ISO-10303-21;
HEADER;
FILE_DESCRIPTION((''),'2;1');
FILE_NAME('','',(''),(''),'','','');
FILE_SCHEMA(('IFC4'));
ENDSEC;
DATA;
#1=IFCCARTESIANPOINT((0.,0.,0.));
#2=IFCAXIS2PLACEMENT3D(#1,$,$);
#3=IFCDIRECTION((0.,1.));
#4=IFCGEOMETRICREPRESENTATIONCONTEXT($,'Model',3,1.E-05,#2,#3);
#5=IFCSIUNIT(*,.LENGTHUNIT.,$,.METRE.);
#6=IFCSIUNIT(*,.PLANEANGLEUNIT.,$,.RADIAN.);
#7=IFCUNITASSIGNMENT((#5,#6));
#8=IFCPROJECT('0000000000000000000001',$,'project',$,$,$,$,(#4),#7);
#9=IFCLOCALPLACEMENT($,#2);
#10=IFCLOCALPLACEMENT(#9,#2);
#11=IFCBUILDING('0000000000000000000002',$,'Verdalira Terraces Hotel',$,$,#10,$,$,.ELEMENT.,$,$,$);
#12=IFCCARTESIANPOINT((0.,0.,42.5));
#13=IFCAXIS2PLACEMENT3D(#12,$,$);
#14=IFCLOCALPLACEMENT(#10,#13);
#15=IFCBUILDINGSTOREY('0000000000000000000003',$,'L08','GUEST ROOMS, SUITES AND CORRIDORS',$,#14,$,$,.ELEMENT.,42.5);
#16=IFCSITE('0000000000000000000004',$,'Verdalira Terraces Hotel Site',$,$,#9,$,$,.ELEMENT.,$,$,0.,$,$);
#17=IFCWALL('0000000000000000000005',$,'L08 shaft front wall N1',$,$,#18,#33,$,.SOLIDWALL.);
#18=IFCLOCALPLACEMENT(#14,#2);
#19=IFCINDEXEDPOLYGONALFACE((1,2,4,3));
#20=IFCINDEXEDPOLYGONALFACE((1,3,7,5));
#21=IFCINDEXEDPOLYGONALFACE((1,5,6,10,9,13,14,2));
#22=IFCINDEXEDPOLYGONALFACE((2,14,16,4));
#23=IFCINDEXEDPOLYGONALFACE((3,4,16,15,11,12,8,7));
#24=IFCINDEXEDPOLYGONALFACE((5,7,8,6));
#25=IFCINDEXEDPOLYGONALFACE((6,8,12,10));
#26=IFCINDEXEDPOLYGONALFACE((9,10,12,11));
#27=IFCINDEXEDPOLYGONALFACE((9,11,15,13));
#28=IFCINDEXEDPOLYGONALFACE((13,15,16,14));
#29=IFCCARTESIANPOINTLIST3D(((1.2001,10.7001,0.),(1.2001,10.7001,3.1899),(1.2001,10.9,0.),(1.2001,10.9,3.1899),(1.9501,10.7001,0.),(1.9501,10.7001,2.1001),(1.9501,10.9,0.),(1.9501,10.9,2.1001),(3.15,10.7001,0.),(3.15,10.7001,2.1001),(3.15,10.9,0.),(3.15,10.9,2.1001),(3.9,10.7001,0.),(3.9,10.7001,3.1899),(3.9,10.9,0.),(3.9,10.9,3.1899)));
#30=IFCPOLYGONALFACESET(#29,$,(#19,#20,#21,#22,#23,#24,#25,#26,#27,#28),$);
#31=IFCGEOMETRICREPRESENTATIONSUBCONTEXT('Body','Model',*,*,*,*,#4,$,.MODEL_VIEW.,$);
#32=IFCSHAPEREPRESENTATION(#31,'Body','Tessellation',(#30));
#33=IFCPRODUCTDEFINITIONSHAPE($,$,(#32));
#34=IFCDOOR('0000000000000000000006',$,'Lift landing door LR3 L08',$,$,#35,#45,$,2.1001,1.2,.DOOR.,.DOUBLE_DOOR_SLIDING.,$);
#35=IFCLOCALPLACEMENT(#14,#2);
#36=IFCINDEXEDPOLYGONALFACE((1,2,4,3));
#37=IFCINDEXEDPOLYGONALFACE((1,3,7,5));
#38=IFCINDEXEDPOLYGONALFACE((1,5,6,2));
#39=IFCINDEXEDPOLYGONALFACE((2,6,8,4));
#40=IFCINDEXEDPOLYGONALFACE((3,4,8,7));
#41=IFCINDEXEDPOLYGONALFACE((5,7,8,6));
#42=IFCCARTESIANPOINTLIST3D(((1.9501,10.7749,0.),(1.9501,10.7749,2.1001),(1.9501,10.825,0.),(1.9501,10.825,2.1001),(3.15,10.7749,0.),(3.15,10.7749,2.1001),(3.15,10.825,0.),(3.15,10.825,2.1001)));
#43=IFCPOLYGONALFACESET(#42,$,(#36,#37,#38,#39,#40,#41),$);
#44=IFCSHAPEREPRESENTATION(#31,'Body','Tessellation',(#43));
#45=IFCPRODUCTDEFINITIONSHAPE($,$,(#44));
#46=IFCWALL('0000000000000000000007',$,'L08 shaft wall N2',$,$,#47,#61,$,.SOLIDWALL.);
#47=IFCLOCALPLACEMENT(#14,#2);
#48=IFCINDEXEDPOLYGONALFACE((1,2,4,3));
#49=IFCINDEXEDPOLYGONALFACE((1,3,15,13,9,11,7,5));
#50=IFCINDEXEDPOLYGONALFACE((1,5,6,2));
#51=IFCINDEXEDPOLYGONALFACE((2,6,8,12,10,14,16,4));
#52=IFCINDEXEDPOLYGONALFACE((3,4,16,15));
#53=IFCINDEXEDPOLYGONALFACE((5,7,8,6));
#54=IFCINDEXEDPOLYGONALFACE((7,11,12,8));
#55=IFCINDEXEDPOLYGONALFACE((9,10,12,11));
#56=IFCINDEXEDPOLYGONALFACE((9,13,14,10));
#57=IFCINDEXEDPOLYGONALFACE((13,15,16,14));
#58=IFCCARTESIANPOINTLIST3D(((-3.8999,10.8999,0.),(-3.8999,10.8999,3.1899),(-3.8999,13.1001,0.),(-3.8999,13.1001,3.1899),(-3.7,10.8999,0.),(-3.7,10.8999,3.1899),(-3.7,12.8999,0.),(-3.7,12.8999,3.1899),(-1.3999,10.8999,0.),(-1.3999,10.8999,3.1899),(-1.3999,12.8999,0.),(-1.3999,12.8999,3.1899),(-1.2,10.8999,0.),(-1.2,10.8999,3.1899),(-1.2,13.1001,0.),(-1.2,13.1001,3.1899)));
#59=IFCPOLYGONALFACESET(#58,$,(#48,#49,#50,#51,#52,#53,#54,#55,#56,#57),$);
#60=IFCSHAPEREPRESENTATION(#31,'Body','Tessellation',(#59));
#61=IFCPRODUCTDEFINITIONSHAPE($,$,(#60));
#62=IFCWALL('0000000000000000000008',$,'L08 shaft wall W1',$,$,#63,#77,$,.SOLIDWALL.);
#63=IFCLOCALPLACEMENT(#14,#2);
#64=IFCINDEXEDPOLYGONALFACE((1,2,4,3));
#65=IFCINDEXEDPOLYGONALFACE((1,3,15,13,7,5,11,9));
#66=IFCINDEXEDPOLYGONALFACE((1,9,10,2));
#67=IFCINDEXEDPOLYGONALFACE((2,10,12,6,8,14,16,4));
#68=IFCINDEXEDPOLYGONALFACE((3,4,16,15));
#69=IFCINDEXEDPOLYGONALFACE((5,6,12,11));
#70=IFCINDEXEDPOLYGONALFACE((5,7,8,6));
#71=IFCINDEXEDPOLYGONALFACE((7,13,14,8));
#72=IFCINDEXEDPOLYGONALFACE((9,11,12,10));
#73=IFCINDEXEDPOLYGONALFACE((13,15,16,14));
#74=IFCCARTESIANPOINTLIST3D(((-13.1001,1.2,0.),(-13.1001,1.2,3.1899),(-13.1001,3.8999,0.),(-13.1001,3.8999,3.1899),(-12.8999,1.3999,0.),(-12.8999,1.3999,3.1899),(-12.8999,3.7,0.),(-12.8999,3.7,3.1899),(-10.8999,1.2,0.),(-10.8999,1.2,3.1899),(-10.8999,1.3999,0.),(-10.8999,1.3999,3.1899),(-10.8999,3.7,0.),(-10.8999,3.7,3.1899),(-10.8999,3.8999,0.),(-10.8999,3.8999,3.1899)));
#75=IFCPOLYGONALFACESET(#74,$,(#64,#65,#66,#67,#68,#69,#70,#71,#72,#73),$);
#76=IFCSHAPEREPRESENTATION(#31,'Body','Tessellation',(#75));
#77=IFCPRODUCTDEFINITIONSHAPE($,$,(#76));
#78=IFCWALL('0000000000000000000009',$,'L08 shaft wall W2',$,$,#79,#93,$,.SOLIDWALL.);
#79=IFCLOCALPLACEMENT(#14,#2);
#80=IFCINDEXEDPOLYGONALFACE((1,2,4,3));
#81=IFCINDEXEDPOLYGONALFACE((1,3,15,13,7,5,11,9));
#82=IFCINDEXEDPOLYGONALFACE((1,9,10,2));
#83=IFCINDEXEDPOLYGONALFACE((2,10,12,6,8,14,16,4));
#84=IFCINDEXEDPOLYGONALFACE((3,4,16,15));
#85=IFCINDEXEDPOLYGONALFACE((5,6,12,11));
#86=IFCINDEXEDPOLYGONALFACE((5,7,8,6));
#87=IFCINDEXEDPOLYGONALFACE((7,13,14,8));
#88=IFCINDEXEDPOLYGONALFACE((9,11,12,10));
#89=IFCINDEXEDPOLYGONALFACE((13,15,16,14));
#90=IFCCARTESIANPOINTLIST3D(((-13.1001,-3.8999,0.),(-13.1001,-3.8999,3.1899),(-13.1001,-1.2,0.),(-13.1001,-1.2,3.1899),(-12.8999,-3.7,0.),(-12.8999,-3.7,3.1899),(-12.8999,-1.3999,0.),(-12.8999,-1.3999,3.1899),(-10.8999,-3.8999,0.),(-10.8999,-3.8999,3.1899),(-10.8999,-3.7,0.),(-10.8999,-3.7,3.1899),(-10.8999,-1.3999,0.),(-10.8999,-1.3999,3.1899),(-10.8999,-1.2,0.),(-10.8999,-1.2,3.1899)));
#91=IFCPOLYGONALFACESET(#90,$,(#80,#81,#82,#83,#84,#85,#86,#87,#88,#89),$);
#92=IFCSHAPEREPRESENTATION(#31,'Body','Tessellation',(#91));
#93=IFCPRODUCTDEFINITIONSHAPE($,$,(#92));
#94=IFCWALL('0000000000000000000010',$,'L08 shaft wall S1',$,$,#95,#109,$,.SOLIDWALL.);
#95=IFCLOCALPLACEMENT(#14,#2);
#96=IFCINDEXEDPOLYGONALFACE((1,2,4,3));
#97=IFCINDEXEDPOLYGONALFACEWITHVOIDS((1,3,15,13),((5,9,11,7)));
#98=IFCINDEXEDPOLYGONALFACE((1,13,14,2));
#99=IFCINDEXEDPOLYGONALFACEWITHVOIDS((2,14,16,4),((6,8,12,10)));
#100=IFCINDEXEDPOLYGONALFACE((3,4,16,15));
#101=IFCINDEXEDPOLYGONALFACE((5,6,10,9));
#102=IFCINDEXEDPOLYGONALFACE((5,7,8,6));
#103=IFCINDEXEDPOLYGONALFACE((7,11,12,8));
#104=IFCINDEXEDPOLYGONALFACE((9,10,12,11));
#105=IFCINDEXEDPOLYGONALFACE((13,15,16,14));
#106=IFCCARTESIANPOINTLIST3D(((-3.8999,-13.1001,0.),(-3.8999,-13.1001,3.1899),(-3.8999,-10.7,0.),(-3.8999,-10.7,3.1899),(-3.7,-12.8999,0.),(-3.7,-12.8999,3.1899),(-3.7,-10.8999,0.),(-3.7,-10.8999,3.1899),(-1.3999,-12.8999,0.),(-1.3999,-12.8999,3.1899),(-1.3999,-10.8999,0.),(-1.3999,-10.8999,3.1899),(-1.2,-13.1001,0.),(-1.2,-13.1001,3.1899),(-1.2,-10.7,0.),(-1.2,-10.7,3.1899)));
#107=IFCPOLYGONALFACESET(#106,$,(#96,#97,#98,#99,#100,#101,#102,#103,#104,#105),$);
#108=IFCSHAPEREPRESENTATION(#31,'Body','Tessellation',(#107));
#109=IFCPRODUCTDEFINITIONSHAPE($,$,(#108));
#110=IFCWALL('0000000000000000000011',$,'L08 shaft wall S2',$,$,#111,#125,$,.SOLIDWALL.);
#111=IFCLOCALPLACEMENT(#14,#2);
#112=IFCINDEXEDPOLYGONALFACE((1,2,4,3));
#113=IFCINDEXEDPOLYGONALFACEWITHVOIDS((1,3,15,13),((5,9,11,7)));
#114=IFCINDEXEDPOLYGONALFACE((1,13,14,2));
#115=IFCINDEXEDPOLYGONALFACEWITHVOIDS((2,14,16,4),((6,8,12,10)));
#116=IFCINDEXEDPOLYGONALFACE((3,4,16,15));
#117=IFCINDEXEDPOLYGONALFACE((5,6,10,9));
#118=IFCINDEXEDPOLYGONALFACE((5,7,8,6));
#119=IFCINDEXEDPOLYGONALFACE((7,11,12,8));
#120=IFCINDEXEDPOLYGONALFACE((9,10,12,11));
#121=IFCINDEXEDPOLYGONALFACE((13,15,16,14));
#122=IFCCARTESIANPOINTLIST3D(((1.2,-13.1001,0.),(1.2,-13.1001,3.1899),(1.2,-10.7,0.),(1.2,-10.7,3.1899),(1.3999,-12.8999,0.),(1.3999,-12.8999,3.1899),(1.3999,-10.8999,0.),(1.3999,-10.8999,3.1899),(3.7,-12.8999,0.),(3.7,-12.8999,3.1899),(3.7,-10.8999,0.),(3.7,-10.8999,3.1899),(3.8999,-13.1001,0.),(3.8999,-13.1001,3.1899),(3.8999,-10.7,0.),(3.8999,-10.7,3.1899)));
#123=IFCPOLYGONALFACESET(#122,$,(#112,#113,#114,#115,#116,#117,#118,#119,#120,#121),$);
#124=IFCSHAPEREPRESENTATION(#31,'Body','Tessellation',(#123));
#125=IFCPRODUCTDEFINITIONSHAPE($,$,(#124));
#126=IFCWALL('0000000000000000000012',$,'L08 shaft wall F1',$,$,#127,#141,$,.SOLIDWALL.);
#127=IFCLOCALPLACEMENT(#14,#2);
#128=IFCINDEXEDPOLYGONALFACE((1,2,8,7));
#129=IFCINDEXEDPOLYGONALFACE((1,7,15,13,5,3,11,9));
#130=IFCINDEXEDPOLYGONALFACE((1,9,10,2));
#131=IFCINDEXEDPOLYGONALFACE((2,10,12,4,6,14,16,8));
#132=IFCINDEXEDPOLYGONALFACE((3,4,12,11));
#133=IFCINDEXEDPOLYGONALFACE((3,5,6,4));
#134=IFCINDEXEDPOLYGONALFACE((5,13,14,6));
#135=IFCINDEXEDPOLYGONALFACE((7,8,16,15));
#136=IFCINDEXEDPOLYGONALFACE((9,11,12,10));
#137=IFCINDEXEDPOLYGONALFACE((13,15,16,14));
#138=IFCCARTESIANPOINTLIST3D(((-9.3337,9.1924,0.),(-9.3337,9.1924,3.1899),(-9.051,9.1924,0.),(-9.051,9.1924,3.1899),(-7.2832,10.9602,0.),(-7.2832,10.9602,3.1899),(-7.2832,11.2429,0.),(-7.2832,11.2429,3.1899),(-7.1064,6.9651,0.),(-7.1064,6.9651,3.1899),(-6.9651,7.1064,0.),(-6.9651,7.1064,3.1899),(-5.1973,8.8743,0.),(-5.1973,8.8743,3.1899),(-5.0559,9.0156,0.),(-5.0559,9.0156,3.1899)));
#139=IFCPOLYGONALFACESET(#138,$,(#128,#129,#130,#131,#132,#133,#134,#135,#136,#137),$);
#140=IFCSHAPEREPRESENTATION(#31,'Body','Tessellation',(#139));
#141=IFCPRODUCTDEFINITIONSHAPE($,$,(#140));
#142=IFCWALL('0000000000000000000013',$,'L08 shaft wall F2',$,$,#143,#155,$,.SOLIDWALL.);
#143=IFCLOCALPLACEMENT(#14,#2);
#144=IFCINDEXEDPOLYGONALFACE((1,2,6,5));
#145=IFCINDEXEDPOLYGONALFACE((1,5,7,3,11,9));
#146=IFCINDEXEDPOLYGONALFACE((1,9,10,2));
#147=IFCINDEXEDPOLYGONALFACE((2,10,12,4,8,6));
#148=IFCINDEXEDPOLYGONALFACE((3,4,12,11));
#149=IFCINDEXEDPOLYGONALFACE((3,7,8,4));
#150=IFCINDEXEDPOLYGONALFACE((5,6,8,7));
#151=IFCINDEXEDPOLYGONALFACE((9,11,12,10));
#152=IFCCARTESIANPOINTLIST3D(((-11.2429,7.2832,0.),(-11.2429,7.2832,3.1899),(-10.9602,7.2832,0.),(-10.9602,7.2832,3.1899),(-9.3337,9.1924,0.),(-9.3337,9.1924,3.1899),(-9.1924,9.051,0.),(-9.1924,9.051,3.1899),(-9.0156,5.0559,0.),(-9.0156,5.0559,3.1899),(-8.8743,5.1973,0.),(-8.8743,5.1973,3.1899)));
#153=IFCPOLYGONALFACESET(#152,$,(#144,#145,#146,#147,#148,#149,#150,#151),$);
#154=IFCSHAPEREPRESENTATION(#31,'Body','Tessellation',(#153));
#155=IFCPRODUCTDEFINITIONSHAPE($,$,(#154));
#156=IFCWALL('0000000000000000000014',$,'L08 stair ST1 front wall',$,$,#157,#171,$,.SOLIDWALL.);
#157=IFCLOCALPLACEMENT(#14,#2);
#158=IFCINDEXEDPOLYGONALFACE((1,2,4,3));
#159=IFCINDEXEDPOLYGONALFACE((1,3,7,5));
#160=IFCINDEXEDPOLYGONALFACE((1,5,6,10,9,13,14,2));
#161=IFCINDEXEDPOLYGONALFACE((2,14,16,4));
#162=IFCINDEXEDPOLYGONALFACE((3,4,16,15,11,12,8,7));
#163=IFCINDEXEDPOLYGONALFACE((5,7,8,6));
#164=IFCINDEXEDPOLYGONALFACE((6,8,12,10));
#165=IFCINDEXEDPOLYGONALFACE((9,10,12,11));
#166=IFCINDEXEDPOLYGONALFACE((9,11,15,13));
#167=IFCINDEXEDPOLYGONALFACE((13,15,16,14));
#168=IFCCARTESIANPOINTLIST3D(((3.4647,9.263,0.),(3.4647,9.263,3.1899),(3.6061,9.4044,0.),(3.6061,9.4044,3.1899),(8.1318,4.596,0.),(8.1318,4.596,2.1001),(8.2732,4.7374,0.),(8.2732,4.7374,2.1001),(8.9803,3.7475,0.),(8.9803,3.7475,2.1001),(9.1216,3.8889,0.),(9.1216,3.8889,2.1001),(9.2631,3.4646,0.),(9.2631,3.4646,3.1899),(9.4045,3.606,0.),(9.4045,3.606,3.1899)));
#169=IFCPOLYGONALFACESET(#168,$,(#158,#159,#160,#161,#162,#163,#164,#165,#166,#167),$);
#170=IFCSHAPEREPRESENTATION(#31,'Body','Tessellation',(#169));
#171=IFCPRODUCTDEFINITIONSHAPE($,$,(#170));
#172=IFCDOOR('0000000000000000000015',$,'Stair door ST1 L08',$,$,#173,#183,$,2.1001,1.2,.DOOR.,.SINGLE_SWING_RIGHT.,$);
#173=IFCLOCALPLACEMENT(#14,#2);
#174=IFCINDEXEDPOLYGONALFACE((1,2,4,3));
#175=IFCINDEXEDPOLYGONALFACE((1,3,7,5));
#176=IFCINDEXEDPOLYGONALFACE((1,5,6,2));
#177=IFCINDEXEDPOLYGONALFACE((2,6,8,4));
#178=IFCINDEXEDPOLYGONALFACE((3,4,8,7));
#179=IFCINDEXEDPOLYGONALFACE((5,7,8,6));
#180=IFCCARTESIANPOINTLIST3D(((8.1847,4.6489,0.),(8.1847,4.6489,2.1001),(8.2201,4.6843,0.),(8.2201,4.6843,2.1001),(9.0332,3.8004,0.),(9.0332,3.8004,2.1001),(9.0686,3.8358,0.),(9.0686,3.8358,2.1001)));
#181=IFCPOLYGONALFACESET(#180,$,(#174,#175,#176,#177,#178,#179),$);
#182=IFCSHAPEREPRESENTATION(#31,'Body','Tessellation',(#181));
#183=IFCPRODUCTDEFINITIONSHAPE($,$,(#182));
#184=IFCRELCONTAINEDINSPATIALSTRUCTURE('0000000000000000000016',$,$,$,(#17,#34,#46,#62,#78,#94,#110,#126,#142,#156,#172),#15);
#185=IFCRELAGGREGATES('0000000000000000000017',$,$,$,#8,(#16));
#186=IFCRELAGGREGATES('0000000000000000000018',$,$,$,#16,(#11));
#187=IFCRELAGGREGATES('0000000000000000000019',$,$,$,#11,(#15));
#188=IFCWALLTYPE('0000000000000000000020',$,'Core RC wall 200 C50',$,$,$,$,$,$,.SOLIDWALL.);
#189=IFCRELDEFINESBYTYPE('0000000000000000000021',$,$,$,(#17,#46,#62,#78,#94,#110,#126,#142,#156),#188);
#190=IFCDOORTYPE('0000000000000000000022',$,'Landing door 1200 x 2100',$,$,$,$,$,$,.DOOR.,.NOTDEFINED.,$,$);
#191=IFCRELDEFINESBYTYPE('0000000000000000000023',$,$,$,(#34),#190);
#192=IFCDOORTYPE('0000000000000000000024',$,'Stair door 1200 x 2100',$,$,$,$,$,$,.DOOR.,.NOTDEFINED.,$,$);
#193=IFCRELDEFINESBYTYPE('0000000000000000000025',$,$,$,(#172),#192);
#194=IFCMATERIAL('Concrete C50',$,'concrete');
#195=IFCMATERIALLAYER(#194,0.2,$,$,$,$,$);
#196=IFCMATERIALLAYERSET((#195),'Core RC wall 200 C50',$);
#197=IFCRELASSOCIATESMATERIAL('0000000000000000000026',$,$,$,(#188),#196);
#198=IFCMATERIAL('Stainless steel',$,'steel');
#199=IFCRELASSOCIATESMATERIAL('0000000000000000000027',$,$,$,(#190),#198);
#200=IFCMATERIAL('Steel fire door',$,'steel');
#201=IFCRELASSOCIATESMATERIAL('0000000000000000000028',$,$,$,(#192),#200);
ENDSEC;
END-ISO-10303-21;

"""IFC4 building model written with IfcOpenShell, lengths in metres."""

from ifc_helpers import new_model, si_unit, direction, frame, frame_2d, origin, place, context, subcontext, project, spatial, polyline, rectangle, outline, extrude, material, layer, layer_set, type_object, element, fill, save


model = new_model("IFC4")

# Units and contexts
model_context = context("Model", 3, precision=1e-05, world=origin(), true_north=direction((0.0, 1.0)))
body_context = subcontext(model_context, "Body", "Model", "MODEL_VIEW")
ifc_project = project(units=[si_unit("LENGTHUNIT", "METRE"), si_unit("PLANEANGLEUNIT", "RADIAN")], contexts=[model_context])

# Site, building, storey
site_placement = place(None, origin())
site = spatial("IfcSite", under=ifc_project, at=site_placement, Name="Verdalira Terraces Hotel Site", CompositionType="ELEMENT", RefElevation=0.0)
building_placement = place(site_placement, origin())
building = spatial("IfcBuilding", under=site, at=building_placement, Name="Verdalira Terraces Hotel", CompositionType="ELEMENT")
storey_placement = place(building_placement, frame((0.0, 0.0, 42.5)))
storey = spatial("IfcBuildingStorey", under=building, at=storey_placement, Name="L08", Description="GUEST ROOMS, SUITES AND CORRIDORS", CompositionType="ELEMENT", Elevation=42.5)

# Shared definitions
ifc_material_1 = material(Name="Concrete C50", Category="concrete")
ifc_layer_1 = layer(ifc_material_1, 0.2)
ifc_layer_set_1 = layer_set([ifc_layer_1], Name="Core RC wall 200 C50")
wall_type_1 = type_object("IfcWallType", Name="Core RC wall 200 C50", PredefinedType="SOLIDWALL", material=ifc_layer_set_1)

# Shared definitions
ifc_material_2 = material(Name="Stainless steel", Category="steel")
door_type_1 = type_object("IfcDoorType", Name="Landing door 1200 x 2100", OperationType="NOTDEFINED", PredefinedType="DOOR", material=ifc_material_2)

# Wall, opening, door
wall_1_placement = place(storey_placement, frame((1.2, 10.8, 0.0), z_axis=(0.0, 0.0, 1.0), x_axis=(1.0, 0.0, 0.0)))
wall_1 = element("IfcWall", 1, at=wall_1_placement, inside=storey, type_object=wall_type_1, Name="L08 shaft front wall N1", PredefinedType="SOLIDWALL", context=body_context, shape_type="SweptSolid", body=[
    extrude(rectangle(XDim=2.7, YDim=0.2, at=frame_2d((1.3501, 0.0))), origin(), (0.0, 0.0, 1.0), 3.1899),
])
opening_1_placement = place(wall_1_placement, frame((0.75, 0.0, 0.0)))
opening_1 = element("IfcOpeningElement", 2, at=opening_1_placement, cuts=wall_1, PredefinedType="OPENING", context=body_context, shape_type="SweptSolid", body=[
    extrude(rectangle(XDim=1.2, YDim=2.1001, at=frame_2d((0.6001, 1.05))), frame((0.0, 0.1099, 0.0), z_axis=(0.0, -1.0, 0.0), x_axis=(1.0, 0.0, 0.0)), (0.0, 0.0, 1.0), 0.22),
])
door_1_placement = place(opening_1_placement, origin())
door_1 = element("IfcDoor", 3, at=door_1_placement, inside=storey, type_object=door_type_1, Name="Lift landing door LR3 L08", OperationType="DOUBLE_DOOR_SLIDING", OverallHeight=2.1001, OverallWidth=1.2, PredefinedType="DOOR", context=body_context, shape_type="SweptSolid", body=[
    extrude(rectangle(XDim=1.2, YDim=2.1001, at=frame_2d((0.6001, 1.05))), frame((0.0, 0.0249, 0.0), z_axis=(0.0, -1.0, 0.0), x_axis=(1.0, 0.0, 0.0)), (0.0, 0.0, 1.0), 0.05),
])
fill(opening_1, door_1)

# Walls
wall_2_placement = place(storey_placement, origin())
element("IfcWall", 4, at=wall_2_placement, inside=storey, type_object=wall_type_1, Name="L08 shaft wall N2", PredefinedType="SOLIDWALL", context=body_context, shape_type="SweptSolid", body=[
    extrude(outline(polyline([(-3.8999, 10.8999), (-3.8999, 13.1001), (-1.2, 13.1001), (-1.2, 10.8999), (-1.3999, 10.8999), (-1.3999, 12.8999), (-3.7, 12.8999), (-3.7, 10.8999), (-3.8999, 10.8999)])), origin(), (0.0, 0.0, 1.0), 3.1899),
])
wall_3_placement = place(storey_placement, origin())
element("IfcWall", 5, at=wall_3_placement, inside=storey, type_object=wall_type_1, Name="L08 shaft wall W1", PredefinedType="SOLIDWALL", context=body_context, shape_type="SweptSolid", body=[
    extrude(outline(polyline([(-13.1001, 3.8999), (-10.8999, 3.8999), (-10.8999, 3.7), (-12.8999, 3.7), (-12.8999, 1.3999), (-10.8999, 1.3999), (-10.8999, 1.2), (-13.1001, 1.2), (-13.1001, 3.8999)])), origin(), (0.0, 0.0, 1.0), 3.1899),
])
wall_4_placement = place(storey_placement, origin())
element("IfcWall", 6, at=wall_4_placement, inside=storey, type_object=wall_type_1, Name="L08 shaft wall W2", PredefinedType="SOLIDWALL", context=body_context, shape_type="SweptSolid", body=[
    extrude(outline(polyline([(-13.1001, -3.8999), (-13.1001, -1.2), (-10.8999, -1.2), (-10.8999, -1.3999), (-12.8999, -1.3999), (-12.8999, -3.7), (-10.8999, -3.7), (-10.8999, -3.8999), (-13.1001, -3.8999)])), origin(), (0.0, 0.0, 1.0), 3.1899),
])
wall_5_placement = place(storey_placement, origin())
element("IfcWall", 7, at=wall_5_placement, inside=storey, type_object=wall_type_1, Name="L08 shaft wall S1", PredefinedType="SOLIDWALL", context=body_context, shape_type="SweptSolid", body=[
    extrude(outline(polyline([(-1.2, -13.1001), (-3.8999, -13.1001), (-3.8999, -10.7), (-1.2, -10.7), (-1.2, -13.1001)]), holes=[polyline([(-3.7, -10.8999), (-3.7, -12.8999), (-1.3999, -12.8999), (-1.3999, -10.8999), (-3.7, -10.8999)])]), origin(), (0.0, 0.0, 1.0), 3.1899),
])
wall_6_placement = place(storey_placement, origin())
element("IfcWall", 8, at=wall_6_placement, inside=storey, type_object=wall_type_1, Name="L08 shaft wall S2", PredefinedType="SOLIDWALL", context=body_context, shape_type="SweptSolid", body=[
    extrude(outline(polyline([(3.8999, -10.7), (3.8999, -13.1001), (1.2, -13.1001), (1.2, -10.7), (3.8999, -10.7)]), holes=[polyline([(1.3999, -12.8999), (3.7, -12.8999), (3.7, -10.8999), (1.3999, -10.8999), (1.3999, -12.8999)])]), origin(), (0.0, 0.0, 1.0), 3.1899),
])
wall_7_placement = place(storey_placement, origin())
element("IfcWall", 9, at=wall_7_placement, inside=storey, type_object=wall_type_1, Name="L08 shaft wall F1", PredefinedType="SOLIDWALL", context=body_context, shape_type="SweptSolid", body=[
    extrude(outline(polyline([(-9.3337, 9.1924), (-7.2832, 11.2429), (-5.0559, 9.0156), (-5.1973, 8.8743), (-7.2832, 10.9602), (-9.051, 9.1924), (-6.9651, 7.1064), (-7.1064, 6.9651), (-9.3337, 9.1924)])), origin(), (0.0, 0.0, 1.0), 3.1899),
])
wall_8_placement = place(storey_placement, origin())
element("IfcWall", 10, at=wall_8_placement, inside=storey, type_object=wall_type_1, Name="L08 shaft wall F2", PredefinedType="SOLIDWALL", context=body_context, shape_type="SweptSolid", body=[
    extrude(outline(polyline([(-11.2429, 7.2832), (-9.3337, 9.1924), (-9.1924, 9.051), (-10.9602, 7.2832), (-8.8743, 5.1973), (-9.0156, 5.0559), (-11.2429, 7.2832)])), origin(), (0.0, 0.0, 1.0), 3.1899),
])

# Wall, opening, door
wall_9_placement = place(storey_placement, frame((3.5354, 9.3337, 0.0), z_axis=(0.0, 0.0, 1.0), x_axis=(0.707107, -0.707107, 0.0)))
wall_9 = element("IfcWall", 11, at=wall_9_placement, inside=storey, type_object=wall_type_1, Name="L08 stair ST1 front wall", PredefinedType="SOLIDWALL", context=body_context, shape_type="SweptSolid", body=[
    extrude(rectangle(XDim=8.2002, YDim=0.2, at=frame_2d((4.1001, 0.0))), origin(), (0.0, 0.0, 1.0), 3.1899),
])
opening_2_placement = place(wall_9_placement, frame((6.6001, 0.0, 0.0)))
opening_2 = element("IfcOpeningElement", 12, at=opening_2_placement, cuts=wall_9, PredefinedType="OPENING", context=body_context, shape_type="SweptSolid", body=[
    extrude(rectangle(XDim=1.2, YDim=2.1001, at=frame_2d((0.6001, 1.05))), frame((0.0, 0.1099, 0.0), z_axis=(0.0, -1.0, 0.0), x_axis=(1.0, 0.0, 0.0)), (0.0, 0.0, 1.0), 0.22),
])
ifc_material_3 = material(Name="Steel fire door", Category="steel")
door_type_2 = type_object("IfcDoorType", Name="Stair door 1200 x 2100", OperationType="NOTDEFINED", PredefinedType="DOOR", material=ifc_material_3)
door_2_placement = place(opening_2_placement, origin())
door_2 = element("IfcDoor", 13, at=door_2_placement, inside=storey, type_object=door_type_2, Name="Stair door ST1 L08", OperationType="SINGLE_SWING_RIGHT", OverallHeight=2.1001, OverallWidth=1.2, PredefinedType="DOOR", context=body_context, shape_type="SweptSolid", body=[
    extrude(rectangle(XDim=1.2, YDim=2.1001, at=frame_2d((0.6001, 1.05))), frame((0.0, 0.0249, 0.0), z_axis=(0.0, -1.0, 0.0), x_axis=(1.0, 0.0, 0.0)), (0.0, 0.0, 1.0), 0.05),
])
fill(opening_2, door_2)

save(model, "model.ifc")
